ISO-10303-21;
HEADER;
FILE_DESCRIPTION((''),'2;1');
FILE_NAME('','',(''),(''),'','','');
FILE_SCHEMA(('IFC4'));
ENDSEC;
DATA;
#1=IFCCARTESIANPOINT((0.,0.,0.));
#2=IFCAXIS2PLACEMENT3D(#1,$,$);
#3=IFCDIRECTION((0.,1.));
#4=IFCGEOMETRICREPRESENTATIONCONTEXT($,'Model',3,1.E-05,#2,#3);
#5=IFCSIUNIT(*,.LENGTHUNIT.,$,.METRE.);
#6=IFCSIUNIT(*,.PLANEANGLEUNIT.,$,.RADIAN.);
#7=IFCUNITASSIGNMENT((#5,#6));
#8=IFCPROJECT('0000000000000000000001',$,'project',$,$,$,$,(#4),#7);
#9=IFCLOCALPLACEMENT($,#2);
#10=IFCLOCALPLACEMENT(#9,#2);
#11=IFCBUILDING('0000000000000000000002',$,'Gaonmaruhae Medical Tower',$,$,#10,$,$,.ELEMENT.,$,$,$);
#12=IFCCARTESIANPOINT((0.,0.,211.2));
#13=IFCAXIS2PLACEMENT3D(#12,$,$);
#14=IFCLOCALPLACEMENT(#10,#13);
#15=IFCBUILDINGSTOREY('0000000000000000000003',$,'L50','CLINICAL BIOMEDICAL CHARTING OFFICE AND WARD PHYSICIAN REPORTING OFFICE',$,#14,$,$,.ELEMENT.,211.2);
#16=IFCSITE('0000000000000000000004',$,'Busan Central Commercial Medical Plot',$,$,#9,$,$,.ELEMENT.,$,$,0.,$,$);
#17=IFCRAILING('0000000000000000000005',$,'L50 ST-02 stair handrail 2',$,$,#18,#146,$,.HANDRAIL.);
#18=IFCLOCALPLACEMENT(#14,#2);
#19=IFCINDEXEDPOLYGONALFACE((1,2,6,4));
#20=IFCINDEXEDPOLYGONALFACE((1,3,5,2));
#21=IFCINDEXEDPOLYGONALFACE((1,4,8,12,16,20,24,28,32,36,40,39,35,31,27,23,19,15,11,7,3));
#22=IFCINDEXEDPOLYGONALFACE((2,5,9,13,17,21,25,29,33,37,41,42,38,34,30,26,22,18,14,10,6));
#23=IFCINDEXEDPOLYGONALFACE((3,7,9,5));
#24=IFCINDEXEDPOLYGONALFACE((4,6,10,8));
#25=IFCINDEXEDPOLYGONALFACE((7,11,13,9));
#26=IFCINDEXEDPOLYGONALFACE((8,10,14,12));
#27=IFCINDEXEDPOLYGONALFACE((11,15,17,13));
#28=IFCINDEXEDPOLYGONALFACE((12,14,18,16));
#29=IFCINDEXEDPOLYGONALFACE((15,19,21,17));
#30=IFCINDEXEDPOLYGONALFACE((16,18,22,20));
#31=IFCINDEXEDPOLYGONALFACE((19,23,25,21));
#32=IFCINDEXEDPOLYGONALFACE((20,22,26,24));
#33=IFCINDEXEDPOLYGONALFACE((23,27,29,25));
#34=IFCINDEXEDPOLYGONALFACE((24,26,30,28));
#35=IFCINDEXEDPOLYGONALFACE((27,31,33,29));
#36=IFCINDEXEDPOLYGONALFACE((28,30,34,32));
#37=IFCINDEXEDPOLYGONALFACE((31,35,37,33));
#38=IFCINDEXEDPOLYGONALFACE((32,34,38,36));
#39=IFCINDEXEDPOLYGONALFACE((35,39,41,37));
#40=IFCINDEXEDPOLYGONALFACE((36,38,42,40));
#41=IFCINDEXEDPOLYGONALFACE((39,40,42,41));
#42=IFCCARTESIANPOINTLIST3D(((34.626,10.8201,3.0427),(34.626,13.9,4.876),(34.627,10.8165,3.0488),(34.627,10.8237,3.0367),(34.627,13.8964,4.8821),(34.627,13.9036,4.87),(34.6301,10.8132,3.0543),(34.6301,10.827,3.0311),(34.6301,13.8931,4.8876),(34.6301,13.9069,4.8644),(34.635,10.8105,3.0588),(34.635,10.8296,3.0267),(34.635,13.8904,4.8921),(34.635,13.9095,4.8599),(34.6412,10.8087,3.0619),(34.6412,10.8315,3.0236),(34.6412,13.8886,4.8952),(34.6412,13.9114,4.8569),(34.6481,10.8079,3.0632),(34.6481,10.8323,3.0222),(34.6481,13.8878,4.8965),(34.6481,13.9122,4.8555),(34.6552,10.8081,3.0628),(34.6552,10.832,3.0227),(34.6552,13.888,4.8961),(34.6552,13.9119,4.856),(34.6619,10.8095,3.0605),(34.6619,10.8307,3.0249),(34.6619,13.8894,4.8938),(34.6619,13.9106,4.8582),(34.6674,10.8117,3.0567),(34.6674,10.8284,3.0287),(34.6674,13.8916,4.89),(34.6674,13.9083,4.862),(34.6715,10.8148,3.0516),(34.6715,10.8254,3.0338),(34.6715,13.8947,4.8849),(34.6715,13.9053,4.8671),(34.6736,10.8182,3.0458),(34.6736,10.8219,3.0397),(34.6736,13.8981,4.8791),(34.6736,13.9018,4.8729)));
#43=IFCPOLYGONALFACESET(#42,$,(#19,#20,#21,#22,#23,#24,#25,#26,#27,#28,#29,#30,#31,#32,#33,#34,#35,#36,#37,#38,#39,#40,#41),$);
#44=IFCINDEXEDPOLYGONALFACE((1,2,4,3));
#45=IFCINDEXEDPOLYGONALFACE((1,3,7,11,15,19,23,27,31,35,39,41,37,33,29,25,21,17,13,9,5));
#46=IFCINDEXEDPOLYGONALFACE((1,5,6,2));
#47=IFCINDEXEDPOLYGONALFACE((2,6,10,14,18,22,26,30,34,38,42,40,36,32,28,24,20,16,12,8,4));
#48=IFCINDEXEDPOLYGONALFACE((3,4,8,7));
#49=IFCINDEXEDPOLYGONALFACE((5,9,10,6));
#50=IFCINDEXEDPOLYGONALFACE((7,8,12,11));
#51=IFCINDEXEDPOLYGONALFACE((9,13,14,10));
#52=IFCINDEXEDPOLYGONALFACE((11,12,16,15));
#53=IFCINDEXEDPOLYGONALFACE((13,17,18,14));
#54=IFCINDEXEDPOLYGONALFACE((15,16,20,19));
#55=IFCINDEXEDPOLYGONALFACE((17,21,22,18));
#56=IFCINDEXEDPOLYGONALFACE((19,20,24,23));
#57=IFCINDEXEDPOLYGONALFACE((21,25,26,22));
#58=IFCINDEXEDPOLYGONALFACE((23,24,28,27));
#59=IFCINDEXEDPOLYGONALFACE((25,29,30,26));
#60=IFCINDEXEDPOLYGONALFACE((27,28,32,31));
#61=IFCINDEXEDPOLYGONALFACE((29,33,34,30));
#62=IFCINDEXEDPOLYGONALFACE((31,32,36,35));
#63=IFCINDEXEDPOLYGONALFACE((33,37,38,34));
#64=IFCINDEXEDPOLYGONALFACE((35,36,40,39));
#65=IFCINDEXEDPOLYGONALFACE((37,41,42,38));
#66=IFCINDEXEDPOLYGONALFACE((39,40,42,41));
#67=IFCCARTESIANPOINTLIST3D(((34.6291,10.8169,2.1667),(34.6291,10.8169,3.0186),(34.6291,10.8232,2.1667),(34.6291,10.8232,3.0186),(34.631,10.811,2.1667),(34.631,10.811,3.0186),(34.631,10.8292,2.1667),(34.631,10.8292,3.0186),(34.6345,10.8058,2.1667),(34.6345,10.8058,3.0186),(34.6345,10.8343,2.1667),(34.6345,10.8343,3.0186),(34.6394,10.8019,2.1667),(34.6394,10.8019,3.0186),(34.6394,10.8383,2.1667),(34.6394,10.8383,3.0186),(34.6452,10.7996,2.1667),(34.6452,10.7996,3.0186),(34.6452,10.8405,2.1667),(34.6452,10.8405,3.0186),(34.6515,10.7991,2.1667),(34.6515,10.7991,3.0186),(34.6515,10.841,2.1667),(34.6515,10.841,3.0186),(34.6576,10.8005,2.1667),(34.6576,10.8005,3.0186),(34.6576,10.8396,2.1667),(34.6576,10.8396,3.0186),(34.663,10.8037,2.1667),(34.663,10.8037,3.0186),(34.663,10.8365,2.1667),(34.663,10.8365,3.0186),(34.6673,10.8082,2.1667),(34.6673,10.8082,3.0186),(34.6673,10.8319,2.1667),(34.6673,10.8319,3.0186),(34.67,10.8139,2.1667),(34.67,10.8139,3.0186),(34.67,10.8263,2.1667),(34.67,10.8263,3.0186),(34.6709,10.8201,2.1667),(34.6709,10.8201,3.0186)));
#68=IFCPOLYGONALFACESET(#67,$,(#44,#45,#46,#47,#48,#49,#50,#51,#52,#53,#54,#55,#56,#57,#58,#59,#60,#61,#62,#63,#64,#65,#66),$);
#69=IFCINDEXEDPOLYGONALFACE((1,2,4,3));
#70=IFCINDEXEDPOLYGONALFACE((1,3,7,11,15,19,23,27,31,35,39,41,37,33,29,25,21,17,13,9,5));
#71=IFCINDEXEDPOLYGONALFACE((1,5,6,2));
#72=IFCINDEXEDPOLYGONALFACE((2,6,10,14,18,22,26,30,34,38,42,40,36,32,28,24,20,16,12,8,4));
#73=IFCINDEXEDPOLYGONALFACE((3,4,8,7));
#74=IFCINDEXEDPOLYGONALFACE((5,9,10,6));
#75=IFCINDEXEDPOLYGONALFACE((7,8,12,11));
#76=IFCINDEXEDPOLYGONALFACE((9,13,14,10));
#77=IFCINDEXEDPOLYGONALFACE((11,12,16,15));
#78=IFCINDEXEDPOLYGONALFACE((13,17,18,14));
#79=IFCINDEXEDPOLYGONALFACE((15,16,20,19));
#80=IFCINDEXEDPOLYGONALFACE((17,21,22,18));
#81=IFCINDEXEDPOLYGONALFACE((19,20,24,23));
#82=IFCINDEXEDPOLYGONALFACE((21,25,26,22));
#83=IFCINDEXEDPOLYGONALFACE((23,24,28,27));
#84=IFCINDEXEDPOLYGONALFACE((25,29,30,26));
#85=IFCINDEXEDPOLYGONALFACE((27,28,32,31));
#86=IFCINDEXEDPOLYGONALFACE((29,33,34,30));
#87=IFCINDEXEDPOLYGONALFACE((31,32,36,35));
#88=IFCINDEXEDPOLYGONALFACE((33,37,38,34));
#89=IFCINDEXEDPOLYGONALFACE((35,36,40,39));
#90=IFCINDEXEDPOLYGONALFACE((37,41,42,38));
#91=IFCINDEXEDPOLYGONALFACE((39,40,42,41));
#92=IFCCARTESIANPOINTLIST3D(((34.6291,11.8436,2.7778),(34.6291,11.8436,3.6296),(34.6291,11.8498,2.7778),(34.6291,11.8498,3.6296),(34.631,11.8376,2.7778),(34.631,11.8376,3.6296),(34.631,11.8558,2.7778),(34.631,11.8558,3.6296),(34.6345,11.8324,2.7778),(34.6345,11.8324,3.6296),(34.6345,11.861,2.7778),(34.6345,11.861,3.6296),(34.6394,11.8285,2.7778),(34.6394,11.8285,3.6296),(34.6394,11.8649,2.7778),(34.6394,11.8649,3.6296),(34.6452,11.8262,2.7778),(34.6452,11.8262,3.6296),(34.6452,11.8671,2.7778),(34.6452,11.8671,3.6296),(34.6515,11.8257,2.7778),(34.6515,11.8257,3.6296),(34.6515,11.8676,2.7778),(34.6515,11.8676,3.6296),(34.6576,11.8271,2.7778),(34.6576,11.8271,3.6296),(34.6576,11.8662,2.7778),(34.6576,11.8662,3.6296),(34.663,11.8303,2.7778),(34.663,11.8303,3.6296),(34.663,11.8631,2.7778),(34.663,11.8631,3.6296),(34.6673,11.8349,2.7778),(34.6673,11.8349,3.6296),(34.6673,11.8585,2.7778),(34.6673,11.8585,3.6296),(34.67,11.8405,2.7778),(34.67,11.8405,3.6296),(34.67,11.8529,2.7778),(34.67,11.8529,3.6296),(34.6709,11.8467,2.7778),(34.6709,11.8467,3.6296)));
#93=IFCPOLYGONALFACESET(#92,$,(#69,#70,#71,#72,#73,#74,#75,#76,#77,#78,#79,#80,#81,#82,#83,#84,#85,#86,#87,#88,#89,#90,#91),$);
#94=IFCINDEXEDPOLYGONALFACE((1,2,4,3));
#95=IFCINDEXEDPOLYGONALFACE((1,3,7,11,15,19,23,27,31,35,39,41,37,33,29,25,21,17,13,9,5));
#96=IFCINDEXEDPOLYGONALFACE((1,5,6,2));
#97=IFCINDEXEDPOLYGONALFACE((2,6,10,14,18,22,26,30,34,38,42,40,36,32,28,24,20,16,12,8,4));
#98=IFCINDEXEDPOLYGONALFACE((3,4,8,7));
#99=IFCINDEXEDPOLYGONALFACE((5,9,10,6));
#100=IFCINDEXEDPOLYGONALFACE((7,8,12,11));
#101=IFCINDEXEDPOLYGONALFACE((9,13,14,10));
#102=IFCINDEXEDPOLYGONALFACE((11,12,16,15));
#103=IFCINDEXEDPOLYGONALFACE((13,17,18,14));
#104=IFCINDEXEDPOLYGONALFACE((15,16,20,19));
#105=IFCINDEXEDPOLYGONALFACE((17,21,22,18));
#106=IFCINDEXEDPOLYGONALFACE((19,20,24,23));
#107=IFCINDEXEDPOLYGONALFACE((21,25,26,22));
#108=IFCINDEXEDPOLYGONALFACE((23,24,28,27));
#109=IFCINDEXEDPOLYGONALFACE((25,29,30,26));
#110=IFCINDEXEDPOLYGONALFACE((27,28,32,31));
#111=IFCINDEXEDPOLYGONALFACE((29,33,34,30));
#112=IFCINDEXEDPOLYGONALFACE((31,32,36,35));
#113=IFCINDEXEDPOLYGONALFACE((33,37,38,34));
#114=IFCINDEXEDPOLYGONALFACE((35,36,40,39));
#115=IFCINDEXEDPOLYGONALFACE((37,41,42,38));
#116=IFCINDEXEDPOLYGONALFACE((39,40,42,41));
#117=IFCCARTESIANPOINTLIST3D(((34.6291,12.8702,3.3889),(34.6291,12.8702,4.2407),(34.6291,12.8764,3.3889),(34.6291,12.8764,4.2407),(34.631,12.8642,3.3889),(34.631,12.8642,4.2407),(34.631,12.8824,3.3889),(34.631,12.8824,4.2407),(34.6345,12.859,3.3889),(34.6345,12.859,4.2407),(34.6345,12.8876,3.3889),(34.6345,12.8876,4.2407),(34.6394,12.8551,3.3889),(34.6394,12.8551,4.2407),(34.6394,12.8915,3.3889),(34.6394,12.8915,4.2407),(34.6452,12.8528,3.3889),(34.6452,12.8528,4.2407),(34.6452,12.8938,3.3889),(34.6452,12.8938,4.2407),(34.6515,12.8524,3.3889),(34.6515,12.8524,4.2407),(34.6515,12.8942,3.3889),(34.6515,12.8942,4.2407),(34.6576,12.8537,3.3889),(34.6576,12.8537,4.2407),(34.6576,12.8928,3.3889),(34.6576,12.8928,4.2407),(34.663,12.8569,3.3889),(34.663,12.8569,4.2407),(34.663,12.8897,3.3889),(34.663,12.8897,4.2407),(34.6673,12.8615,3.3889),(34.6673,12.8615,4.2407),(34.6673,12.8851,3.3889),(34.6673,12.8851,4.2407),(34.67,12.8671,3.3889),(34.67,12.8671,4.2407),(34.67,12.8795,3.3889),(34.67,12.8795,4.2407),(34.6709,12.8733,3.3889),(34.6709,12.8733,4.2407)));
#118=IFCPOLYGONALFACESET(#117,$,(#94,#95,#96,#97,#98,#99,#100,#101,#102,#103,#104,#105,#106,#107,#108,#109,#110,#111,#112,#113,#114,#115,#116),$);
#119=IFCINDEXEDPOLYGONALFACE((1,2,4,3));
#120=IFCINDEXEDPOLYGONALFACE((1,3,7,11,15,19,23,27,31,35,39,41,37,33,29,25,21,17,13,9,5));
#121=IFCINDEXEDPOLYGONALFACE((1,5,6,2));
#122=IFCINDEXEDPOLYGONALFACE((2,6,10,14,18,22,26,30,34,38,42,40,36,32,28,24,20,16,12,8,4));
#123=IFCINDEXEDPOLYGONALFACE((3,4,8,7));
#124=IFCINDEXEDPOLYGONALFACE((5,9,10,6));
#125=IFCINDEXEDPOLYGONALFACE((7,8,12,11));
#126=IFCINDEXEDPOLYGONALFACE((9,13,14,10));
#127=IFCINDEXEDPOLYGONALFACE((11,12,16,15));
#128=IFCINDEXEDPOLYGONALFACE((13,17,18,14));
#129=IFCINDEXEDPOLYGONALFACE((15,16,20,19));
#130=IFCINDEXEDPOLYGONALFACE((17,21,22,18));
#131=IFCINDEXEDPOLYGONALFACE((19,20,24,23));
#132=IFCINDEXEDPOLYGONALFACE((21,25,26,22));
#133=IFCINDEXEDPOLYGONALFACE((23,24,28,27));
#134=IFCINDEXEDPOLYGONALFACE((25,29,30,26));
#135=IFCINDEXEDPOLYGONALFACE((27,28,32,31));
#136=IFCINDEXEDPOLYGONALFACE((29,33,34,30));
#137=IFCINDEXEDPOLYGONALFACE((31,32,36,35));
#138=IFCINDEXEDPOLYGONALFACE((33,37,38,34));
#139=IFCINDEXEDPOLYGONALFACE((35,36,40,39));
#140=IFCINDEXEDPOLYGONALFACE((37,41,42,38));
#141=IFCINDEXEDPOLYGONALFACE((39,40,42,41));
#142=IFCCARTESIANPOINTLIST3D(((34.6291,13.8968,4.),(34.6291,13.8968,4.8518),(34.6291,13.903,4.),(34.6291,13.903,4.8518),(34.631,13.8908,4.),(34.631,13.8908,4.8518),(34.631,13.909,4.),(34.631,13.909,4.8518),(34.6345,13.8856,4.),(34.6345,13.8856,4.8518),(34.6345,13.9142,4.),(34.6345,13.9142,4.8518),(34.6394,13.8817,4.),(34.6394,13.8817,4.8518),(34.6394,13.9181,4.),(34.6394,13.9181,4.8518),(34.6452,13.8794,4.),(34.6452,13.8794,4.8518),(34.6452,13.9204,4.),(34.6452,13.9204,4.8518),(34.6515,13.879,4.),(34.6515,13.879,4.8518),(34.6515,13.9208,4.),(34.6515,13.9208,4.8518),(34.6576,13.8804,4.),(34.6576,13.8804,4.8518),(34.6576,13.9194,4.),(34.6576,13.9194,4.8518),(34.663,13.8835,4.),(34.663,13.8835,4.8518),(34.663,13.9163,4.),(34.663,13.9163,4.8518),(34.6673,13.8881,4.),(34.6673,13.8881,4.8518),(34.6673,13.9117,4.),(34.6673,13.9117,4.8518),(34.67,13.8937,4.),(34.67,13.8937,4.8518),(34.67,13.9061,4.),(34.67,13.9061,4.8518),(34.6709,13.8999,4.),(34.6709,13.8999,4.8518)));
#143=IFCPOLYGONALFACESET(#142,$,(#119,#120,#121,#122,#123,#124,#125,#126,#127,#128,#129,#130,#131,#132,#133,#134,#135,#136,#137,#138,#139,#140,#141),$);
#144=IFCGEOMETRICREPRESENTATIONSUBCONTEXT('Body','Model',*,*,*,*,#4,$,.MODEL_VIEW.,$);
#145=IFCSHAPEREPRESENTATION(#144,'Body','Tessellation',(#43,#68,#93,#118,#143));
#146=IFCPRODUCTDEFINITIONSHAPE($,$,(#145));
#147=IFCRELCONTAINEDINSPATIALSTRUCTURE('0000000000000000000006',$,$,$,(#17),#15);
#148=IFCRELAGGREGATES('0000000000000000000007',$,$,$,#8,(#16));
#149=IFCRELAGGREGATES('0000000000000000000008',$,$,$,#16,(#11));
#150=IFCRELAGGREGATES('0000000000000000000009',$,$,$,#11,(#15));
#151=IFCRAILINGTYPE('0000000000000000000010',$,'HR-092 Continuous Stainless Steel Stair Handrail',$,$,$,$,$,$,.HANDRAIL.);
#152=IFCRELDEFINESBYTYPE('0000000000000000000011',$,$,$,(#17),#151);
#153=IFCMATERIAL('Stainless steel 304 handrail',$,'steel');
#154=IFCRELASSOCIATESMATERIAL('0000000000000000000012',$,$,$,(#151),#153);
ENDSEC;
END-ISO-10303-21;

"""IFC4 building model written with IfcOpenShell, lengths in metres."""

from ifc_helpers import new_model, si_unit, direction, frame, origin, origin_2d, place, context, subcontext, project, spatial, circle, extrude, material, type_object, element, save


model = new_model("IFC4")

# Units and contexts
model_context = context("Model", 3, precision=1e-05, world=origin(), true_north=direction((0.0, 1.0)))
body_context = subcontext(model_context, "Body", "Model", "MODEL_VIEW")
ifc_project = project(units=[si_unit("LENGTHUNIT", "METRE"), si_unit("PLANEANGLEUNIT", "RADIAN")], contexts=[model_context])

# Site, building, storey
site_placement = place(None, origin())
site = spatial("IfcSite", under=ifc_project, at=site_placement, Name="Busan Central Commercial Medical Plot", CompositionType="ELEMENT", RefElevation=0.0)
building_placement = place(site_placement, origin())
building = spatial("IfcBuilding", under=site, at=building_placement, Name="Gaonmaruhae Medical Tower", CompositionType="ELEMENT")
storey_placement = place(building_placement, frame((0.0, 0.0, 211.2)))
storey = spatial("IfcBuildingStorey", under=building, at=storey_placement, Name="L50", Description="CLINICAL BIOMEDICAL CHARTING OFFICE AND WARD PHYSICIAN REPORTING OFFICE", CompositionType="ELEMENT", Elevation=211.2)

# Railing
ifc_material_1 = material(Name="Stainless steel 304 handrail", Category="steel")
railing_type_1 = type_object("IfcRailingType", Name="HR-092 Continuous Stainless Steel Stair Handrail", PredefinedType="HANDRAIL", material=ifc_material_1)
railing_1_placement = place(storey_placement, frame((34.6499, 10.8201, 2.1667)))
element("IfcRailing", 1, at=railing_1_placement, inside=storey, type_object=railing_type_1, Name="L50 ST-02 stair handrail 2", PredefinedType="HANDRAIL", context=body_context, shape_type="SweptSolid", body=[
    extrude(circle(Radius=0.0239, at=origin_2d()), frame((0.0, 0.0, 0.876), z_axis=(0.0, 0.859291, 0.511487), x_axis=(-1.0, 0.0, 0.0)), (0.0, 0.0, 1.0), 3.5842),
    extrude(circle(Radius=0.021, at=origin_2d()), origin(), (0.0, 0.0, 1.0), 0.8518),
    extrude(circle(Radius=0.021, at=origin_2d()), frame((0.0, 1.0266, 0.6111)), (0.0, 0.0, 1.0), 0.8518),
    extrude(circle(Radius=0.021, at=origin_2d()), frame((0.0, 2.0532, 1.2222)), (0.0, 0.0, 1.0), 0.8518),
    extrude(circle(Radius=0.021, at=origin_2d()), frame((0.0, 3.0798, 1.8333)), (0.0, 0.0, 1.0), 0.8518),
])

save(model, "model.ifc")
